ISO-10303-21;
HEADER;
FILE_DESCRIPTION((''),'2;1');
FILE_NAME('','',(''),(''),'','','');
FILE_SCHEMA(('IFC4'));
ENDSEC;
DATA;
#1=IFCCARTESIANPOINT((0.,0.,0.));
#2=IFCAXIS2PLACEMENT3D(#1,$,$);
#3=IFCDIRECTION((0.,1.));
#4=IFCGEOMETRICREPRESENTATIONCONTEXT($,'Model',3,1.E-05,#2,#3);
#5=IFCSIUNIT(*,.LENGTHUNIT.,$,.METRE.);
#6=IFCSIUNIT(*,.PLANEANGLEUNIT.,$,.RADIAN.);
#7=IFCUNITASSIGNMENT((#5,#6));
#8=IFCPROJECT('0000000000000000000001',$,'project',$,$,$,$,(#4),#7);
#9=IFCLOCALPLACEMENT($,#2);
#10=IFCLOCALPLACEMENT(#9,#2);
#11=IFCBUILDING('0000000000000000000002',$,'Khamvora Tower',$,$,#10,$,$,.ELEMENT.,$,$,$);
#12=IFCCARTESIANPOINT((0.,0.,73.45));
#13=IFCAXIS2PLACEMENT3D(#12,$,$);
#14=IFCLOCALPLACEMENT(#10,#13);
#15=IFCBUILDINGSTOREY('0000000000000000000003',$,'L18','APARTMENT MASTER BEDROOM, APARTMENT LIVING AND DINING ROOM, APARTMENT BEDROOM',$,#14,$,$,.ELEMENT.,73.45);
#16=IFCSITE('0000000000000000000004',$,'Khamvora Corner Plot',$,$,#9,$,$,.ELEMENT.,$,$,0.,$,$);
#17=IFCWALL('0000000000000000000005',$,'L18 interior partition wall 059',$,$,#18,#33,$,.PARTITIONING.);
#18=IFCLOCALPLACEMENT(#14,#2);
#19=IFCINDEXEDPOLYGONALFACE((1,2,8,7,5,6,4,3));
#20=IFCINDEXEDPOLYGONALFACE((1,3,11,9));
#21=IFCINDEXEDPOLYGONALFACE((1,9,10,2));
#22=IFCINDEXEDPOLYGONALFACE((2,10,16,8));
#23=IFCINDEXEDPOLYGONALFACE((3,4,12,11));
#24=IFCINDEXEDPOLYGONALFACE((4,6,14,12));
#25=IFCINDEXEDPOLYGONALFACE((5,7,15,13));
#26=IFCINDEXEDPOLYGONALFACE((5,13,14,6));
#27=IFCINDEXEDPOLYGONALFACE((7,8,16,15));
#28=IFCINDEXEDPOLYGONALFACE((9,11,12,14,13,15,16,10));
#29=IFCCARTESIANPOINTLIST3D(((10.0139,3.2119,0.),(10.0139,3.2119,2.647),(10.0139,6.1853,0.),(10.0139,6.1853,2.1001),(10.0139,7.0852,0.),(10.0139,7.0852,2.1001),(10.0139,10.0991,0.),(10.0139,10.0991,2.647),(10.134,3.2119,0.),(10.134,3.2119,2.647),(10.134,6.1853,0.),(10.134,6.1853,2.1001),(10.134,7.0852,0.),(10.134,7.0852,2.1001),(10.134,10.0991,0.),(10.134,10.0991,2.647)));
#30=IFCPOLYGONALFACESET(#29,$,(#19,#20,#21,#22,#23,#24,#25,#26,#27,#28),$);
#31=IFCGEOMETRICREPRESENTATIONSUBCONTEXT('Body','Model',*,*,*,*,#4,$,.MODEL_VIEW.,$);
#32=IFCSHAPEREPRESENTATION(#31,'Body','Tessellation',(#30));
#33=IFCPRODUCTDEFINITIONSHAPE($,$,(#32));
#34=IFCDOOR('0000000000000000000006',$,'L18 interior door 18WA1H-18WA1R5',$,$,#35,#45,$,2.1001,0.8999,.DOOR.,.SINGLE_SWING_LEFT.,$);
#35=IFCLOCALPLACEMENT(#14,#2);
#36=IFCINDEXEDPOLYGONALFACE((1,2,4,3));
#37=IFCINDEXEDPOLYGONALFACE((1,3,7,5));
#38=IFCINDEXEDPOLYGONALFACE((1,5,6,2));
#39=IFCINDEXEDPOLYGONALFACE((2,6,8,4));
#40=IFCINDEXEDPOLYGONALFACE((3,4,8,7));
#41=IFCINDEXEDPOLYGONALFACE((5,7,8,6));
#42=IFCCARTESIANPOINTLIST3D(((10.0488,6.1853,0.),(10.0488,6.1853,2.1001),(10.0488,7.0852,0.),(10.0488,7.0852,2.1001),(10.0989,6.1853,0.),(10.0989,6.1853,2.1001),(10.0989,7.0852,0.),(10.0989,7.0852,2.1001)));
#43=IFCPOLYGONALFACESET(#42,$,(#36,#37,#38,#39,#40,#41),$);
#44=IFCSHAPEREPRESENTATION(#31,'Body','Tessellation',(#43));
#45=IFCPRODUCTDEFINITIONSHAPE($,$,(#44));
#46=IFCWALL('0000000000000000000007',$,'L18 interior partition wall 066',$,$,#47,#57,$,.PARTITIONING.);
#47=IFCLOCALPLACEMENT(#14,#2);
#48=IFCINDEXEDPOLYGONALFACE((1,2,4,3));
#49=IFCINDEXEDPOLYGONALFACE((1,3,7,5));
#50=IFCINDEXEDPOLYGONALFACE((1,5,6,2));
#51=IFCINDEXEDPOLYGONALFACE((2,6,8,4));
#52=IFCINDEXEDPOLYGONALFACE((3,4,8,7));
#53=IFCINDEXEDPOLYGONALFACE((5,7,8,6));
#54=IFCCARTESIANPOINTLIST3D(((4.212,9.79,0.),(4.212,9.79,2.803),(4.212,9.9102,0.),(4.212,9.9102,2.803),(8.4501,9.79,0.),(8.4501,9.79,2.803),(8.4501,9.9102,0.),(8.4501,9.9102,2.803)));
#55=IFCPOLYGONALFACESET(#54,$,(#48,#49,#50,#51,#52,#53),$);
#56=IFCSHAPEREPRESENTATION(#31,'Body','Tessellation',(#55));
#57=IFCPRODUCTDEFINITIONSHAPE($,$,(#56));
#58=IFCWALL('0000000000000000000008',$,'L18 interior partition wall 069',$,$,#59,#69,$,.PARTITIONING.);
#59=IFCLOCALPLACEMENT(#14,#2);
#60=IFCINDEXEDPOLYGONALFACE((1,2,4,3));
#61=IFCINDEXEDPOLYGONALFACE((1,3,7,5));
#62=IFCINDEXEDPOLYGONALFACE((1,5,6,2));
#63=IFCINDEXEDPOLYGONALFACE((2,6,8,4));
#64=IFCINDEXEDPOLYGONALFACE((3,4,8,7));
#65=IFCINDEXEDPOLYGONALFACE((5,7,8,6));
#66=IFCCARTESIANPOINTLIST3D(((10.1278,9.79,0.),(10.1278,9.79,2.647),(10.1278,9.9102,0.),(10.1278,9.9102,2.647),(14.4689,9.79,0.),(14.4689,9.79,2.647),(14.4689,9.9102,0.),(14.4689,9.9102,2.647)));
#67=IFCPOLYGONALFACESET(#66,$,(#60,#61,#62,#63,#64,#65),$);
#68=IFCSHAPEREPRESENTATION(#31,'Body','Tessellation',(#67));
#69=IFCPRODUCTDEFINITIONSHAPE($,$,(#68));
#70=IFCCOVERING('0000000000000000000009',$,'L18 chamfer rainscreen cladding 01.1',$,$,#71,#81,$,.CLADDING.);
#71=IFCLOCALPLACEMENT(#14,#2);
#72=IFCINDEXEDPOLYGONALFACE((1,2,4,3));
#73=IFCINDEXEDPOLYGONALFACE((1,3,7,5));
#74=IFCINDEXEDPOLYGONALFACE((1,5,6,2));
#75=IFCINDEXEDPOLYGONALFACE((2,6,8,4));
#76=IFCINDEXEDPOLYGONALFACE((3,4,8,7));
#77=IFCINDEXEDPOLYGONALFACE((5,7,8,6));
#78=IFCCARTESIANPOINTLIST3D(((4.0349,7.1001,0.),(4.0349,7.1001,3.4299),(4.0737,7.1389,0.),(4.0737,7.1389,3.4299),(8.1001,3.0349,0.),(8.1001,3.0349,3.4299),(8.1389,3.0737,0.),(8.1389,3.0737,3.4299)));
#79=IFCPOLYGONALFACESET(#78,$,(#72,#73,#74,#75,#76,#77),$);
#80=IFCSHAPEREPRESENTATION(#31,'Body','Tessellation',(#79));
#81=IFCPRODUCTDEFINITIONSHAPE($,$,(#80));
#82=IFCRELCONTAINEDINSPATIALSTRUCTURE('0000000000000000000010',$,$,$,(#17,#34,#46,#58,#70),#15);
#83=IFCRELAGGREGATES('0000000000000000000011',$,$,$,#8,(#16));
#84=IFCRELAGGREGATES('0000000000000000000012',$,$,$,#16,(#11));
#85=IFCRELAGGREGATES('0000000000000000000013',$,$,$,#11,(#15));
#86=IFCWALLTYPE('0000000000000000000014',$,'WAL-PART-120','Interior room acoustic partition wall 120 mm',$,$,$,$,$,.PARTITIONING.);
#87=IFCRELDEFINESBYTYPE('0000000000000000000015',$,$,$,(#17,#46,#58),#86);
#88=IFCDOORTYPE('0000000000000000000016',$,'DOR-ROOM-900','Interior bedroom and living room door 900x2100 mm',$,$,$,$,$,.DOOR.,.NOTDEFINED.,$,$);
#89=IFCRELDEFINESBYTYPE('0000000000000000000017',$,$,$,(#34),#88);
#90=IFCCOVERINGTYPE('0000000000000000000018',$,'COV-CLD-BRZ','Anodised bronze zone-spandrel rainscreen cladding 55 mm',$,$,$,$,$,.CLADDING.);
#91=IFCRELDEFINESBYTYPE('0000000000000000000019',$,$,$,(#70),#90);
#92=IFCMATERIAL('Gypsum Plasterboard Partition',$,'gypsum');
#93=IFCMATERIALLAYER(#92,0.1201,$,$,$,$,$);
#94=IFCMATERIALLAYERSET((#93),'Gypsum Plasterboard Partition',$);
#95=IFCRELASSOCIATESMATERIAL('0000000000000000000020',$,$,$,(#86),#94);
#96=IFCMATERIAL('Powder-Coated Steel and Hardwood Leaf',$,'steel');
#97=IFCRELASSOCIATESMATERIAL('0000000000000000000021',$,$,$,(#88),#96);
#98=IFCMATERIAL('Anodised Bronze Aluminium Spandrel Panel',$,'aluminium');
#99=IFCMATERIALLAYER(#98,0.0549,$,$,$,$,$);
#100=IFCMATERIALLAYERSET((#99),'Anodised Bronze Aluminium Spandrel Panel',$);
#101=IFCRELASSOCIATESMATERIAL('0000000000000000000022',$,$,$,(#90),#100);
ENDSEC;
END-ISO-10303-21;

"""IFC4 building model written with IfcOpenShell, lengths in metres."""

from ifc_helpers import new_model, si_unit, direction, frame, frame_2d, origin, origin_2d, place, context, subcontext, project, spatial, rectangle, extrude, material, layer, layer_set, type_object, element, fill, save


model = new_model("IFC4")

# Units and contexts
model_context = context("Model", 3, precision=1e-05, world=origin(), true_north=direction((0.0, 1.0)))
body_context = subcontext(model_context, "Body", "Model", "MODEL_VIEW")
ifc_project = project(units=[si_unit("LENGTHUNIT", "METRE"), si_unit("PLANEANGLEUNIT", "RADIAN")], contexts=[model_context])

# Site, building, storey
site_placement = place(None, origin())
site = spatial("IfcSite", under=ifc_project, at=site_placement, Name="Khamvora Corner Plot", CompositionType="ELEMENT", RefElevation=0.0)
building_placement = place(site_placement, origin())
building = spatial("IfcBuilding", under=site, at=building_placement, Name="Khamvora Tower", CompositionType="ELEMENT")
storey_placement = place(building_placement, frame((0.0, 0.0, 73.45)))
storey = spatial("IfcBuildingStorey", under=building, at=storey_placement, Name="L18", Description="APARTMENT MASTER BEDROOM, APARTMENT LIVING AND DINING ROOM, APARTMENT BEDROOM", CompositionType="ELEMENT", Elevation=73.45)

# Wall, opening, door
ifc_material_1 = material(Name="Gypsum Plasterboard Partition", Category="gypsum")
ifc_layer_1 = layer(ifc_material_1, 0.1201)
ifc_layer_set_1 = layer_set([ifc_layer_1], Name="Gypsum Plasterboard Partition")
wall_type_1 = type_object("IfcWallType", Name="WAL-PART-120", Description="Interior room acoustic partition wall 120 mm", PredefinedType="PARTITIONING", material=ifc_layer_set_1)
ifc_material_2 = material(Name="Powder-Coated Steel and Hardwood Leaf", Category="steel")
door_type = type_object("IfcDoorType", Name="DOR-ROOM-900", Description="Interior bedroom and living room door 900x2100 mm", OperationType="NOTDEFINED", PredefinedType="DOOR", material=ifc_material_2)
wall_1_placement = place(storey_placement, frame((10.074, 10.0991, 0.0), z_axis=(0.0, 0.0, 1.0), x_axis=(0.0, -1.0, 0.0)))
wall_1 = element("IfcWall", 1, at=wall_1_placement, inside=storey, type_object=wall_type_1, Name="L18 interior partition wall 059", PredefinedType="PARTITIONING", context=body_context, shape_type="SweptSolid", body=[
    extrude(rectangle(XDim=6.8872, YDim=0.1201, at=frame_2d((3.4436, 0.0))), origin(), (0.0, 0.0, 1.0), 2.647),
])
opening_1_placement = place(wall_1_placement, frame((3.0139, 0.0, 0.0)))
opening_1 = element("IfcOpeningElement", 2, at=opening_1_placement, cuts=wall_1, PredefinedType="OPENING", context=body_context, shape_type="SweptSolid", body=[
    extrude(rectangle(XDim=0.8999, YDim=2.1001, at=frame_2d((0.45, 1.05))), frame((0.0, 0.0701, 0.0), z_axis=(0.0, -1.0, 0.0), x_axis=(1.0, 0.0, 0.0)), (0.0, 0.0, 1.0), 0.1401),
])
door_1_placement = place(opening_1_placement, origin())
door_1 = element("IfcDoor", 3, at=door_1_placement, inside=storey, type_object=door_type, Name="L18 interior door 18WA1H-18WA1R5", OperationType="SINGLE_SWING_LEFT", OverallHeight=2.1001, OverallWidth=0.8999, PredefinedType="DOOR", context=body_context, shape_type="SweptSolid", body=[
    extrude(rectangle(XDim=0.8999, YDim=2.1001, at=frame_2d((0.45, 1.05))), frame((0.0, 0.0249, 0.0), z_axis=(0.0, -1.0, 0.0), x_axis=(1.0, 0.0, 0.0)), (0.0, 0.0, 1.0), 0.05),
])
fill(opening_1, door_1)

# Walls
wall_2_placement = place(storey_placement, frame((4.2119, 9.8501, 0.0), z_axis=(0.0, 0.0, 1.0), x_axis=(1.0, 0.0, 0.0)))
element("IfcWall", 4, at=wall_2_placement, inside=storey, type_object=wall_type_1, Name="L18 interior partition wall 066", PredefinedType="PARTITIONING", context=body_context, shape_type="SweptSolid", body=[
    extrude(rectangle(XDim=4.238, YDim=0.1201, at=frame_2d((2.1191, 0.0))), origin(), (0.0, 0.0, 1.0), 2.803),
])
wall_3_placement = place(storey_placement, frame((10.1279, 9.8501, 0.0), z_axis=(0.0, 0.0, 1.0), x_axis=(1.0, 0.0, 0.0)))
element("IfcWall", 5, at=wall_3_placement, inside=storey, type_object=wall_type_1, Name="L18 interior partition wall 069", PredefinedType="PARTITIONING", context=body_context, shape_type="SweptSolid", body=[
    extrude(rectangle(XDim=4.3411, YDim=0.1201, at=frame_2d((2.1704, 0.0))), origin(), (0.0, 0.0, 1.0), 2.647),
])

# Covering
ifc_material_3 = material(Name="Anodised Bronze Aluminium Spandrel Panel", Category="aluminium")
ifc_layer_2 = layer(ifc_material_3, 0.0549)
ifc_layer_set_2 = layer_set([ifc_layer_2], Name="Anodised Bronze Aluminium Spandrel Panel")
covering_type = type_object("IfcCoveringType", Name="COV-CLD-BRZ", Description="Anodised bronze zone-spandrel rainscreen cladding 55 mm", PredefinedType="CLADDING", material=ifc_layer_set_2)
covering_placement = place(storey_placement, frame((6.0869, 5.0869, 0.0), z_axis=(0.0, 0.0, 1.0), x_axis=(-0.707107, 0.707107, 0.0)))
element("IfcCovering", 6, at=covering_placement, inside=storey, type_object=covering_type, Name="L18 chamfer rainscreen cladding 01.1", PredefinedType="CLADDING", context=body_context, shape_type="SweptSolid", body=[
    extrude(rectangle(XDim=5.749, YDim=0.0549, at=origin_2d()), origin(), (0.0, 0.0, 1.0), 3.4299),
])

save(model, "model.ifc")
